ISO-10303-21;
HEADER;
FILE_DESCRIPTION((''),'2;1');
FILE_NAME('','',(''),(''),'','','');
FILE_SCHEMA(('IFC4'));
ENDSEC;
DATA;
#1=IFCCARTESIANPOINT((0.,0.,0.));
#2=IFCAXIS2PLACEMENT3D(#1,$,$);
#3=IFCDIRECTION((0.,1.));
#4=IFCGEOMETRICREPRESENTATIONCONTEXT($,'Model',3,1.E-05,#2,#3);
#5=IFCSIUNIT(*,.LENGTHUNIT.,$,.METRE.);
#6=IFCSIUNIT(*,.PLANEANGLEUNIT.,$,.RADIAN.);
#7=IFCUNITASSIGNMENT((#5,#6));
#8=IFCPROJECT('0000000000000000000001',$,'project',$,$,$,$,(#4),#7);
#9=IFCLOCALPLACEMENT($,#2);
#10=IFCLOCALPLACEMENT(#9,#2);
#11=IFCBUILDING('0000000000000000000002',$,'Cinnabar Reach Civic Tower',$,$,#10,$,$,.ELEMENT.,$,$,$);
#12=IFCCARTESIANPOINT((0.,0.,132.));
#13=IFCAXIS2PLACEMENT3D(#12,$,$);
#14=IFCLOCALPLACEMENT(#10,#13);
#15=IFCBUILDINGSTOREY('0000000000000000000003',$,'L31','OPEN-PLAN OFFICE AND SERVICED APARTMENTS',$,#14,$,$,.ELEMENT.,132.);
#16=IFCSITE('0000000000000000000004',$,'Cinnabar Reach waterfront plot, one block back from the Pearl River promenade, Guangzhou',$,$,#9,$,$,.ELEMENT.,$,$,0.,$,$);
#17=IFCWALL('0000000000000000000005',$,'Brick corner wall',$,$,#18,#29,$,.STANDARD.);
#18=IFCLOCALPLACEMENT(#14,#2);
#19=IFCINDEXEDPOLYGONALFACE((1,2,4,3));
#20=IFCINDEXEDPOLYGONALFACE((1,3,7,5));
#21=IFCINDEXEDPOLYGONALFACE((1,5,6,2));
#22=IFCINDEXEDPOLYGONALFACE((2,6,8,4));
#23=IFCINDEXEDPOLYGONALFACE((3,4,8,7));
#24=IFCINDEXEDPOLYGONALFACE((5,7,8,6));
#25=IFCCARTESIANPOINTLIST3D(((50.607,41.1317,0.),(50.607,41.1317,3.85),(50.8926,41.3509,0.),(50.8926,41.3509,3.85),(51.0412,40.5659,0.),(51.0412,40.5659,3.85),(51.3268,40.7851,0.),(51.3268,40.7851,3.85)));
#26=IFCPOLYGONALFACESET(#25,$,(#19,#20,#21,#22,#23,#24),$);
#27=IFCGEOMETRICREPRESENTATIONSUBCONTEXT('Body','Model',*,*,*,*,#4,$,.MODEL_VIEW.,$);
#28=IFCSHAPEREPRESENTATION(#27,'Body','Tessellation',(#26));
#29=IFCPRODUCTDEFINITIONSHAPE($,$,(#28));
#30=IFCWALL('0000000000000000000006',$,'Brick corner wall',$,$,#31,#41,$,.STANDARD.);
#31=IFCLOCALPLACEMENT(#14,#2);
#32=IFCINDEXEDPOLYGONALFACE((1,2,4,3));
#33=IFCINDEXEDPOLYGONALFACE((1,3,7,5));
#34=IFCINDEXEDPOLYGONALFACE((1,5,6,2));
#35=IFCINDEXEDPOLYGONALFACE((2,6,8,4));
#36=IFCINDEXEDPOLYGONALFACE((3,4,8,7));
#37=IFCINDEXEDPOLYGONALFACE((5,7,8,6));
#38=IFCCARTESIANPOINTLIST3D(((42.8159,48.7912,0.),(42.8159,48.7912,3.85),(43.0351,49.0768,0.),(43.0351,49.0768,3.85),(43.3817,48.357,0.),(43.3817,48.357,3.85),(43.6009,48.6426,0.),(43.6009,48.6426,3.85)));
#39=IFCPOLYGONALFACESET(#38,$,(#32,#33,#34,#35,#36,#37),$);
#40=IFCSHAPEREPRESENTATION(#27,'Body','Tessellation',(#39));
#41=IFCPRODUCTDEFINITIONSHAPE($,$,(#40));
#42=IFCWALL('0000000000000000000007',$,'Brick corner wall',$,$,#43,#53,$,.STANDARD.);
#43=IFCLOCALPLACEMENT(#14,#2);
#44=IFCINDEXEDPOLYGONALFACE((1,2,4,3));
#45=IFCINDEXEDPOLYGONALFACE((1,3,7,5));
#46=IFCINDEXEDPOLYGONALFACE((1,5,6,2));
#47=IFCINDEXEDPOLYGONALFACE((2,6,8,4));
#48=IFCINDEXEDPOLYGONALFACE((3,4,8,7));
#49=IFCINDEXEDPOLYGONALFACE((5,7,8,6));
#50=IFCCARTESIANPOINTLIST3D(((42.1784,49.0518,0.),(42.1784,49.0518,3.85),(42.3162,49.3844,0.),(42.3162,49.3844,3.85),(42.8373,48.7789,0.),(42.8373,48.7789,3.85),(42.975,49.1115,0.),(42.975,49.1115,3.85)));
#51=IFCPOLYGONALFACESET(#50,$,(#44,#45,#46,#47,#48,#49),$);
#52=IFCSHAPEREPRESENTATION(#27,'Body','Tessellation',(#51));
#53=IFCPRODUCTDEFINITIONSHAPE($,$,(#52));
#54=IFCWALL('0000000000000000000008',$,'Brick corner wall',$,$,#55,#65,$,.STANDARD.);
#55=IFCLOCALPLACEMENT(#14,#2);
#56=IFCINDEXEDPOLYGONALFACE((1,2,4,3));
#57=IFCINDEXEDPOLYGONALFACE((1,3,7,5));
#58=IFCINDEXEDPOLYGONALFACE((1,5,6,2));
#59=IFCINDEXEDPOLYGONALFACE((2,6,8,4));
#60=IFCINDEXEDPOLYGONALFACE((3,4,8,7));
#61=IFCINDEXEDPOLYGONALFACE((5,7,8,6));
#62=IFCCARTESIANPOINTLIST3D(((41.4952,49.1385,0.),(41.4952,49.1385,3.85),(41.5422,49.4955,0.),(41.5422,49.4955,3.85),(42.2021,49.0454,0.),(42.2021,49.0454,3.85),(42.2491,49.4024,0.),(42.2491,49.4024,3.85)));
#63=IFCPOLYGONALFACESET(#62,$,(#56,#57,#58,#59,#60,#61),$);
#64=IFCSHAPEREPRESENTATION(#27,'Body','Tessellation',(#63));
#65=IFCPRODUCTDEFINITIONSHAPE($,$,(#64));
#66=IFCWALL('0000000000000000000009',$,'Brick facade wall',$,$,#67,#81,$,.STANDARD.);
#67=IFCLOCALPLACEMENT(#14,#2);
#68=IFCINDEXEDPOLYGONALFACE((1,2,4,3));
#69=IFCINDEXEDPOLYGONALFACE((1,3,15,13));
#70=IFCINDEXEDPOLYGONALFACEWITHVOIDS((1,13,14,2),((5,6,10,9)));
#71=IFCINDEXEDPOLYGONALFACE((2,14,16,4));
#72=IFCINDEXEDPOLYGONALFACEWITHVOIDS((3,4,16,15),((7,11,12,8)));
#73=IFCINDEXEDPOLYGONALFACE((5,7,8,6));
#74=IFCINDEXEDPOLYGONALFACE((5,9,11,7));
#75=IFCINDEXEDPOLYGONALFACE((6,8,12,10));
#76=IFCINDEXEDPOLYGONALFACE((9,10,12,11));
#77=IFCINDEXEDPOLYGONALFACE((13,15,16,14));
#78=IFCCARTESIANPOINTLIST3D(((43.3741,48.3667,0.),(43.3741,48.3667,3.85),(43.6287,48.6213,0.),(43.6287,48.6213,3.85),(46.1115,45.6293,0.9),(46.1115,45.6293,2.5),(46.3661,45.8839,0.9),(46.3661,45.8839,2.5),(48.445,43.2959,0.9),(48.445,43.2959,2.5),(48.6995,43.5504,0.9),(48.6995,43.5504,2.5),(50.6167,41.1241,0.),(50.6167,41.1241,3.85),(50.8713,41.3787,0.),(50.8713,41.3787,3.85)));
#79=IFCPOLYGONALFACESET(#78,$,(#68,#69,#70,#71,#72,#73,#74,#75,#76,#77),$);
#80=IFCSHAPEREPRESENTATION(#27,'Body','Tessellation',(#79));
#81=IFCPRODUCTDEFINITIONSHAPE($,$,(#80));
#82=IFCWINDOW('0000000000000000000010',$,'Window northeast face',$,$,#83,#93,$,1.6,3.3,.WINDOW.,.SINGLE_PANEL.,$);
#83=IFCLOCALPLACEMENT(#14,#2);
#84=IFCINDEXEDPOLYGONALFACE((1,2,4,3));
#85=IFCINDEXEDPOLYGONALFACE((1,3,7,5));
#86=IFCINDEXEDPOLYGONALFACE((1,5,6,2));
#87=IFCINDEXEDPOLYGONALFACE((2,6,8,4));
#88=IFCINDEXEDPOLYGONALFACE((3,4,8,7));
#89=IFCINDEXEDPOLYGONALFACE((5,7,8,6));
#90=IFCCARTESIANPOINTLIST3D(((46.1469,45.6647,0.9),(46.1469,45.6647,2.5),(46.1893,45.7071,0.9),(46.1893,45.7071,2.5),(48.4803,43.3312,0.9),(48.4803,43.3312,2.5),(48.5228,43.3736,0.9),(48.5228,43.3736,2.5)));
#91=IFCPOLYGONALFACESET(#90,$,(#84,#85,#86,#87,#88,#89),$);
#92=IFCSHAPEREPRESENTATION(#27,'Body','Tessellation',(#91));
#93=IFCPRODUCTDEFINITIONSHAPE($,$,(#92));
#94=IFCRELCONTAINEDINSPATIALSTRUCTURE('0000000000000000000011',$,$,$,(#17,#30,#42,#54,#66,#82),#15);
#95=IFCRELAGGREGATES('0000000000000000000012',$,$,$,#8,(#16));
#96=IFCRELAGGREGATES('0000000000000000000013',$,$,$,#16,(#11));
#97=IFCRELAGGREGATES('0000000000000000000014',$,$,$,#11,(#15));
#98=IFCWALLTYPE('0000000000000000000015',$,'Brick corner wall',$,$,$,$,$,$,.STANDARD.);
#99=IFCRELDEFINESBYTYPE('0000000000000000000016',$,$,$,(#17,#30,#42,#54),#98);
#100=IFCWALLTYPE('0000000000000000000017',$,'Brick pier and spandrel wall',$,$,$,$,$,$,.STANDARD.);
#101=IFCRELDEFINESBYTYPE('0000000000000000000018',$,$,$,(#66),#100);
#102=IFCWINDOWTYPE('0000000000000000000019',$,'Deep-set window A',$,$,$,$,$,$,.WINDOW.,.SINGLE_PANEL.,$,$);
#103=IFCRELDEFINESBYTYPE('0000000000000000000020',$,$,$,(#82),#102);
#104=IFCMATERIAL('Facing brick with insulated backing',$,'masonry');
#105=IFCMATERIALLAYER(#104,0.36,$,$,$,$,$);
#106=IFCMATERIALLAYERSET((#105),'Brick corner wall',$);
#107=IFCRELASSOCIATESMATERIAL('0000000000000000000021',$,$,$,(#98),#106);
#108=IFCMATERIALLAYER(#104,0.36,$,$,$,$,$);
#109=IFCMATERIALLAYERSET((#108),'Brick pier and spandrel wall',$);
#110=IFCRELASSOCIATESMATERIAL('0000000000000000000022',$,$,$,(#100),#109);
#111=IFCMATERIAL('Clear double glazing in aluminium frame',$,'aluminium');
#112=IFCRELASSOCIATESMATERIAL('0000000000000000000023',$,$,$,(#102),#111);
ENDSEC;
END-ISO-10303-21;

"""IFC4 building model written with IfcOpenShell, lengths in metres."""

from ifc_helpers import new_model, si_unit, direction, frame, frame_2d, origin, place, context, subcontext, project, spatial, rectangle, extrude, material, layer, layer_set, type_object, element, fill, save


model = new_model("IFC4")

# Units and contexts
model_context = context("Model", 3, precision=1e-05, world=origin(), true_north=direction((0.0, 1.0)))
body_context = subcontext(model_context, "Body", "Model", "MODEL_VIEW")
ifc_project = project(units=[si_unit("LENGTHUNIT", "METRE"), si_unit("PLANEANGLEUNIT", "RADIAN")], contexts=[model_context])

# Site, building, storey
site_placement = place(None, origin())
site = spatial("IfcSite", under=ifc_project, at=site_placement, Name="Cinnabar Reach waterfront plot, one block back from the Pearl River promenade, Guangzhou", CompositionType="ELEMENT", RefElevation=0.0)
building_placement = place(site_placement, origin())
building = spatial("IfcBuilding", under=site, at=building_placement, Name="Cinnabar Reach Civic Tower", CompositionType="ELEMENT")
storey_placement = place(building_placement, frame((0.0, 0.0, 132.0)))
storey = spatial("IfcBuildingStorey", under=building, at=storey_placement, Name="L31", Description="OPEN-PLAN OFFICE AND SERVICED APARTMENTS", CompositionType="ELEMENT", Elevation=132.0)

# Walls
ifc_material_1 = material(Name="Facing brick with insulated backing", Category="masonry")
ifc_layer_1 = layer(ifc_material_1, 0.36)
ifc_layer_set_1 = layer_set([ifc_layer_1], Name="Brick corner wall")
wall_type_1 = type_object("IfcWallType", Name="Brick corner wall", PredefinedType="STANDARD", material=ifc_layer_set_1)
for number, where, z_axis, x_axis, name in (
    (1, (51.184, 40.6755, 0.0), (0.0, 0.0, 1.0), (-0.608802, 0.793322, 0.0), "Brick corner wall"),
    (2, (43.4913, 48.4998, 0.0), (0.0, 0.0, 1.0), (-0.793322, 0.608802, 0.0), "Brick corner wall"),
):
    element("IfcWall", number, at=place(storey_placement, frame(where, z_axis=z_axis, x_axis=x_axis)), inside=storey, type_object=wall_type_1, Name=name, PredefinedType="STANDARD", context=body_context, shape_type="SweptSolid", body=[
        extrude(rectangle(XDim=0.7132, YDim=0.36, at=frame_2d((0.3566, 0.0))), origin(), (0.0, 0.0, 1.0), 3.85),
    ])
for number, where, z_axis, x_axis, name in (
    (3, (42.9061, 48.9452, 0.0), (0.0, 0.0, 1.0), (-0.923872, 0.382703, 0.0), "Brick corner wall"),
    (4, (42.2256, 49.2239, 0.0), (0.0, 0.0, 1.0), (-0.991441, 0.130556, 0.0), "Brick corner wall"),
):
    element("IfcWall", number, at=place(storey_placement, frame(where, z_axis=z_axis, x_axis=x_axis)), inside=storey, type_object=wall_type_1, Name=name, PredefinedType="STANDARD", context=body_context, shape_type="SweptSolid", body=[
        extrude(rectangle(XDim=0.7131, YDim=0.36, at=frame_2d((0.3565, 0.0))), origin(), (0.0, 0.0, 1.0), 3.85),
    ])

# Wall, opening, window
ifc_layer_2 = layer(ifc_material_1, 0.36)
ifc_layer_set_2 = layer_set([ifc_layer_2], Name="Brick pier and spandrel wall")
wall_type_2 = type_object("IfcWallType", Name="Brick pier and spandrel wall", PredefinedType="STANDARD", material=ifc_layer_set_2)
wall_1_placement = place(storey_placement, frame((50.744, 41.2514, 0.0), z_axis=(0.0, 0.0, 1.0), x_axis=(-0.707107, 0.707107, 0.0)))
wall_1 = element("IfcWall", 5, at=wall_1_placement, inside=storey, type_object=wall_type_2, Name="Brick facade wall", PredefinedType="STANDARD", context=body_context, shape_type="SweptSolid", body=[
    extrude(rectangle(XDim=10.2426, YDim=0.36, at=frame_2d((5.1213, 0.0))), origin(), (0.0, 0.0, 1.0), 3.85),
])
opening_1_placement = place(wall_1_placement, frame((3.0713, 0.0, 0.9)))
opening_1 = element("IfcOpeningElement", 6, at=opening_1_placement, cuts=wall_1, PredefinedType="OPENING", context=body_context, shape_type="SweptSolid", body=[
    extrude(rectangle(XDim=3.3, YDim=1.6, at=frame_2d((1.65, 0.8))), frame((0.0, 0.19, 0.0), z_axis=(0.0, -1.0, 0.0), x_axis=(1.0, 0.0, 0.0)), (0.0, 0.0, 1.0), 0.38),
])
ifc_material_2 = material(Name="Clear double glazing in aluminium frame", Category="aluminium")
window_type_1 = type_object("IfcWindowType", Name="Deep-set window A", PartitioningType="SINGLE_PANEL", PredefinedType="WINDOW", material=ifc_material_2)
window_1_placement = place(opening_1_placement, origin())
window_1 = element("IfcWindow", 7, at=window_1_placement, inside=storey, type_object=window_type_1, Name="Window northeast face", OverallHeight=1.6, OverallWidth=3.3, PartitioningType="SINGLE_PANEL", PredefinedType="WINDOW", context=body_context, shape_type="SweptSolid", body=[
    extrude(rectangle(XDim=3.3, YDim=1.6, at=frame_2d((1.65, 0.8))), frame((0.0, 0.13, 0.0), z_axis=(0.0, -1.0, 0.0), x_axis=(1.0, 0.0, 0.0)), (0.0, 0.0, 1.0), 0.06),
])
fill(opening_1, window_1)

save(model, "model.ifc")
